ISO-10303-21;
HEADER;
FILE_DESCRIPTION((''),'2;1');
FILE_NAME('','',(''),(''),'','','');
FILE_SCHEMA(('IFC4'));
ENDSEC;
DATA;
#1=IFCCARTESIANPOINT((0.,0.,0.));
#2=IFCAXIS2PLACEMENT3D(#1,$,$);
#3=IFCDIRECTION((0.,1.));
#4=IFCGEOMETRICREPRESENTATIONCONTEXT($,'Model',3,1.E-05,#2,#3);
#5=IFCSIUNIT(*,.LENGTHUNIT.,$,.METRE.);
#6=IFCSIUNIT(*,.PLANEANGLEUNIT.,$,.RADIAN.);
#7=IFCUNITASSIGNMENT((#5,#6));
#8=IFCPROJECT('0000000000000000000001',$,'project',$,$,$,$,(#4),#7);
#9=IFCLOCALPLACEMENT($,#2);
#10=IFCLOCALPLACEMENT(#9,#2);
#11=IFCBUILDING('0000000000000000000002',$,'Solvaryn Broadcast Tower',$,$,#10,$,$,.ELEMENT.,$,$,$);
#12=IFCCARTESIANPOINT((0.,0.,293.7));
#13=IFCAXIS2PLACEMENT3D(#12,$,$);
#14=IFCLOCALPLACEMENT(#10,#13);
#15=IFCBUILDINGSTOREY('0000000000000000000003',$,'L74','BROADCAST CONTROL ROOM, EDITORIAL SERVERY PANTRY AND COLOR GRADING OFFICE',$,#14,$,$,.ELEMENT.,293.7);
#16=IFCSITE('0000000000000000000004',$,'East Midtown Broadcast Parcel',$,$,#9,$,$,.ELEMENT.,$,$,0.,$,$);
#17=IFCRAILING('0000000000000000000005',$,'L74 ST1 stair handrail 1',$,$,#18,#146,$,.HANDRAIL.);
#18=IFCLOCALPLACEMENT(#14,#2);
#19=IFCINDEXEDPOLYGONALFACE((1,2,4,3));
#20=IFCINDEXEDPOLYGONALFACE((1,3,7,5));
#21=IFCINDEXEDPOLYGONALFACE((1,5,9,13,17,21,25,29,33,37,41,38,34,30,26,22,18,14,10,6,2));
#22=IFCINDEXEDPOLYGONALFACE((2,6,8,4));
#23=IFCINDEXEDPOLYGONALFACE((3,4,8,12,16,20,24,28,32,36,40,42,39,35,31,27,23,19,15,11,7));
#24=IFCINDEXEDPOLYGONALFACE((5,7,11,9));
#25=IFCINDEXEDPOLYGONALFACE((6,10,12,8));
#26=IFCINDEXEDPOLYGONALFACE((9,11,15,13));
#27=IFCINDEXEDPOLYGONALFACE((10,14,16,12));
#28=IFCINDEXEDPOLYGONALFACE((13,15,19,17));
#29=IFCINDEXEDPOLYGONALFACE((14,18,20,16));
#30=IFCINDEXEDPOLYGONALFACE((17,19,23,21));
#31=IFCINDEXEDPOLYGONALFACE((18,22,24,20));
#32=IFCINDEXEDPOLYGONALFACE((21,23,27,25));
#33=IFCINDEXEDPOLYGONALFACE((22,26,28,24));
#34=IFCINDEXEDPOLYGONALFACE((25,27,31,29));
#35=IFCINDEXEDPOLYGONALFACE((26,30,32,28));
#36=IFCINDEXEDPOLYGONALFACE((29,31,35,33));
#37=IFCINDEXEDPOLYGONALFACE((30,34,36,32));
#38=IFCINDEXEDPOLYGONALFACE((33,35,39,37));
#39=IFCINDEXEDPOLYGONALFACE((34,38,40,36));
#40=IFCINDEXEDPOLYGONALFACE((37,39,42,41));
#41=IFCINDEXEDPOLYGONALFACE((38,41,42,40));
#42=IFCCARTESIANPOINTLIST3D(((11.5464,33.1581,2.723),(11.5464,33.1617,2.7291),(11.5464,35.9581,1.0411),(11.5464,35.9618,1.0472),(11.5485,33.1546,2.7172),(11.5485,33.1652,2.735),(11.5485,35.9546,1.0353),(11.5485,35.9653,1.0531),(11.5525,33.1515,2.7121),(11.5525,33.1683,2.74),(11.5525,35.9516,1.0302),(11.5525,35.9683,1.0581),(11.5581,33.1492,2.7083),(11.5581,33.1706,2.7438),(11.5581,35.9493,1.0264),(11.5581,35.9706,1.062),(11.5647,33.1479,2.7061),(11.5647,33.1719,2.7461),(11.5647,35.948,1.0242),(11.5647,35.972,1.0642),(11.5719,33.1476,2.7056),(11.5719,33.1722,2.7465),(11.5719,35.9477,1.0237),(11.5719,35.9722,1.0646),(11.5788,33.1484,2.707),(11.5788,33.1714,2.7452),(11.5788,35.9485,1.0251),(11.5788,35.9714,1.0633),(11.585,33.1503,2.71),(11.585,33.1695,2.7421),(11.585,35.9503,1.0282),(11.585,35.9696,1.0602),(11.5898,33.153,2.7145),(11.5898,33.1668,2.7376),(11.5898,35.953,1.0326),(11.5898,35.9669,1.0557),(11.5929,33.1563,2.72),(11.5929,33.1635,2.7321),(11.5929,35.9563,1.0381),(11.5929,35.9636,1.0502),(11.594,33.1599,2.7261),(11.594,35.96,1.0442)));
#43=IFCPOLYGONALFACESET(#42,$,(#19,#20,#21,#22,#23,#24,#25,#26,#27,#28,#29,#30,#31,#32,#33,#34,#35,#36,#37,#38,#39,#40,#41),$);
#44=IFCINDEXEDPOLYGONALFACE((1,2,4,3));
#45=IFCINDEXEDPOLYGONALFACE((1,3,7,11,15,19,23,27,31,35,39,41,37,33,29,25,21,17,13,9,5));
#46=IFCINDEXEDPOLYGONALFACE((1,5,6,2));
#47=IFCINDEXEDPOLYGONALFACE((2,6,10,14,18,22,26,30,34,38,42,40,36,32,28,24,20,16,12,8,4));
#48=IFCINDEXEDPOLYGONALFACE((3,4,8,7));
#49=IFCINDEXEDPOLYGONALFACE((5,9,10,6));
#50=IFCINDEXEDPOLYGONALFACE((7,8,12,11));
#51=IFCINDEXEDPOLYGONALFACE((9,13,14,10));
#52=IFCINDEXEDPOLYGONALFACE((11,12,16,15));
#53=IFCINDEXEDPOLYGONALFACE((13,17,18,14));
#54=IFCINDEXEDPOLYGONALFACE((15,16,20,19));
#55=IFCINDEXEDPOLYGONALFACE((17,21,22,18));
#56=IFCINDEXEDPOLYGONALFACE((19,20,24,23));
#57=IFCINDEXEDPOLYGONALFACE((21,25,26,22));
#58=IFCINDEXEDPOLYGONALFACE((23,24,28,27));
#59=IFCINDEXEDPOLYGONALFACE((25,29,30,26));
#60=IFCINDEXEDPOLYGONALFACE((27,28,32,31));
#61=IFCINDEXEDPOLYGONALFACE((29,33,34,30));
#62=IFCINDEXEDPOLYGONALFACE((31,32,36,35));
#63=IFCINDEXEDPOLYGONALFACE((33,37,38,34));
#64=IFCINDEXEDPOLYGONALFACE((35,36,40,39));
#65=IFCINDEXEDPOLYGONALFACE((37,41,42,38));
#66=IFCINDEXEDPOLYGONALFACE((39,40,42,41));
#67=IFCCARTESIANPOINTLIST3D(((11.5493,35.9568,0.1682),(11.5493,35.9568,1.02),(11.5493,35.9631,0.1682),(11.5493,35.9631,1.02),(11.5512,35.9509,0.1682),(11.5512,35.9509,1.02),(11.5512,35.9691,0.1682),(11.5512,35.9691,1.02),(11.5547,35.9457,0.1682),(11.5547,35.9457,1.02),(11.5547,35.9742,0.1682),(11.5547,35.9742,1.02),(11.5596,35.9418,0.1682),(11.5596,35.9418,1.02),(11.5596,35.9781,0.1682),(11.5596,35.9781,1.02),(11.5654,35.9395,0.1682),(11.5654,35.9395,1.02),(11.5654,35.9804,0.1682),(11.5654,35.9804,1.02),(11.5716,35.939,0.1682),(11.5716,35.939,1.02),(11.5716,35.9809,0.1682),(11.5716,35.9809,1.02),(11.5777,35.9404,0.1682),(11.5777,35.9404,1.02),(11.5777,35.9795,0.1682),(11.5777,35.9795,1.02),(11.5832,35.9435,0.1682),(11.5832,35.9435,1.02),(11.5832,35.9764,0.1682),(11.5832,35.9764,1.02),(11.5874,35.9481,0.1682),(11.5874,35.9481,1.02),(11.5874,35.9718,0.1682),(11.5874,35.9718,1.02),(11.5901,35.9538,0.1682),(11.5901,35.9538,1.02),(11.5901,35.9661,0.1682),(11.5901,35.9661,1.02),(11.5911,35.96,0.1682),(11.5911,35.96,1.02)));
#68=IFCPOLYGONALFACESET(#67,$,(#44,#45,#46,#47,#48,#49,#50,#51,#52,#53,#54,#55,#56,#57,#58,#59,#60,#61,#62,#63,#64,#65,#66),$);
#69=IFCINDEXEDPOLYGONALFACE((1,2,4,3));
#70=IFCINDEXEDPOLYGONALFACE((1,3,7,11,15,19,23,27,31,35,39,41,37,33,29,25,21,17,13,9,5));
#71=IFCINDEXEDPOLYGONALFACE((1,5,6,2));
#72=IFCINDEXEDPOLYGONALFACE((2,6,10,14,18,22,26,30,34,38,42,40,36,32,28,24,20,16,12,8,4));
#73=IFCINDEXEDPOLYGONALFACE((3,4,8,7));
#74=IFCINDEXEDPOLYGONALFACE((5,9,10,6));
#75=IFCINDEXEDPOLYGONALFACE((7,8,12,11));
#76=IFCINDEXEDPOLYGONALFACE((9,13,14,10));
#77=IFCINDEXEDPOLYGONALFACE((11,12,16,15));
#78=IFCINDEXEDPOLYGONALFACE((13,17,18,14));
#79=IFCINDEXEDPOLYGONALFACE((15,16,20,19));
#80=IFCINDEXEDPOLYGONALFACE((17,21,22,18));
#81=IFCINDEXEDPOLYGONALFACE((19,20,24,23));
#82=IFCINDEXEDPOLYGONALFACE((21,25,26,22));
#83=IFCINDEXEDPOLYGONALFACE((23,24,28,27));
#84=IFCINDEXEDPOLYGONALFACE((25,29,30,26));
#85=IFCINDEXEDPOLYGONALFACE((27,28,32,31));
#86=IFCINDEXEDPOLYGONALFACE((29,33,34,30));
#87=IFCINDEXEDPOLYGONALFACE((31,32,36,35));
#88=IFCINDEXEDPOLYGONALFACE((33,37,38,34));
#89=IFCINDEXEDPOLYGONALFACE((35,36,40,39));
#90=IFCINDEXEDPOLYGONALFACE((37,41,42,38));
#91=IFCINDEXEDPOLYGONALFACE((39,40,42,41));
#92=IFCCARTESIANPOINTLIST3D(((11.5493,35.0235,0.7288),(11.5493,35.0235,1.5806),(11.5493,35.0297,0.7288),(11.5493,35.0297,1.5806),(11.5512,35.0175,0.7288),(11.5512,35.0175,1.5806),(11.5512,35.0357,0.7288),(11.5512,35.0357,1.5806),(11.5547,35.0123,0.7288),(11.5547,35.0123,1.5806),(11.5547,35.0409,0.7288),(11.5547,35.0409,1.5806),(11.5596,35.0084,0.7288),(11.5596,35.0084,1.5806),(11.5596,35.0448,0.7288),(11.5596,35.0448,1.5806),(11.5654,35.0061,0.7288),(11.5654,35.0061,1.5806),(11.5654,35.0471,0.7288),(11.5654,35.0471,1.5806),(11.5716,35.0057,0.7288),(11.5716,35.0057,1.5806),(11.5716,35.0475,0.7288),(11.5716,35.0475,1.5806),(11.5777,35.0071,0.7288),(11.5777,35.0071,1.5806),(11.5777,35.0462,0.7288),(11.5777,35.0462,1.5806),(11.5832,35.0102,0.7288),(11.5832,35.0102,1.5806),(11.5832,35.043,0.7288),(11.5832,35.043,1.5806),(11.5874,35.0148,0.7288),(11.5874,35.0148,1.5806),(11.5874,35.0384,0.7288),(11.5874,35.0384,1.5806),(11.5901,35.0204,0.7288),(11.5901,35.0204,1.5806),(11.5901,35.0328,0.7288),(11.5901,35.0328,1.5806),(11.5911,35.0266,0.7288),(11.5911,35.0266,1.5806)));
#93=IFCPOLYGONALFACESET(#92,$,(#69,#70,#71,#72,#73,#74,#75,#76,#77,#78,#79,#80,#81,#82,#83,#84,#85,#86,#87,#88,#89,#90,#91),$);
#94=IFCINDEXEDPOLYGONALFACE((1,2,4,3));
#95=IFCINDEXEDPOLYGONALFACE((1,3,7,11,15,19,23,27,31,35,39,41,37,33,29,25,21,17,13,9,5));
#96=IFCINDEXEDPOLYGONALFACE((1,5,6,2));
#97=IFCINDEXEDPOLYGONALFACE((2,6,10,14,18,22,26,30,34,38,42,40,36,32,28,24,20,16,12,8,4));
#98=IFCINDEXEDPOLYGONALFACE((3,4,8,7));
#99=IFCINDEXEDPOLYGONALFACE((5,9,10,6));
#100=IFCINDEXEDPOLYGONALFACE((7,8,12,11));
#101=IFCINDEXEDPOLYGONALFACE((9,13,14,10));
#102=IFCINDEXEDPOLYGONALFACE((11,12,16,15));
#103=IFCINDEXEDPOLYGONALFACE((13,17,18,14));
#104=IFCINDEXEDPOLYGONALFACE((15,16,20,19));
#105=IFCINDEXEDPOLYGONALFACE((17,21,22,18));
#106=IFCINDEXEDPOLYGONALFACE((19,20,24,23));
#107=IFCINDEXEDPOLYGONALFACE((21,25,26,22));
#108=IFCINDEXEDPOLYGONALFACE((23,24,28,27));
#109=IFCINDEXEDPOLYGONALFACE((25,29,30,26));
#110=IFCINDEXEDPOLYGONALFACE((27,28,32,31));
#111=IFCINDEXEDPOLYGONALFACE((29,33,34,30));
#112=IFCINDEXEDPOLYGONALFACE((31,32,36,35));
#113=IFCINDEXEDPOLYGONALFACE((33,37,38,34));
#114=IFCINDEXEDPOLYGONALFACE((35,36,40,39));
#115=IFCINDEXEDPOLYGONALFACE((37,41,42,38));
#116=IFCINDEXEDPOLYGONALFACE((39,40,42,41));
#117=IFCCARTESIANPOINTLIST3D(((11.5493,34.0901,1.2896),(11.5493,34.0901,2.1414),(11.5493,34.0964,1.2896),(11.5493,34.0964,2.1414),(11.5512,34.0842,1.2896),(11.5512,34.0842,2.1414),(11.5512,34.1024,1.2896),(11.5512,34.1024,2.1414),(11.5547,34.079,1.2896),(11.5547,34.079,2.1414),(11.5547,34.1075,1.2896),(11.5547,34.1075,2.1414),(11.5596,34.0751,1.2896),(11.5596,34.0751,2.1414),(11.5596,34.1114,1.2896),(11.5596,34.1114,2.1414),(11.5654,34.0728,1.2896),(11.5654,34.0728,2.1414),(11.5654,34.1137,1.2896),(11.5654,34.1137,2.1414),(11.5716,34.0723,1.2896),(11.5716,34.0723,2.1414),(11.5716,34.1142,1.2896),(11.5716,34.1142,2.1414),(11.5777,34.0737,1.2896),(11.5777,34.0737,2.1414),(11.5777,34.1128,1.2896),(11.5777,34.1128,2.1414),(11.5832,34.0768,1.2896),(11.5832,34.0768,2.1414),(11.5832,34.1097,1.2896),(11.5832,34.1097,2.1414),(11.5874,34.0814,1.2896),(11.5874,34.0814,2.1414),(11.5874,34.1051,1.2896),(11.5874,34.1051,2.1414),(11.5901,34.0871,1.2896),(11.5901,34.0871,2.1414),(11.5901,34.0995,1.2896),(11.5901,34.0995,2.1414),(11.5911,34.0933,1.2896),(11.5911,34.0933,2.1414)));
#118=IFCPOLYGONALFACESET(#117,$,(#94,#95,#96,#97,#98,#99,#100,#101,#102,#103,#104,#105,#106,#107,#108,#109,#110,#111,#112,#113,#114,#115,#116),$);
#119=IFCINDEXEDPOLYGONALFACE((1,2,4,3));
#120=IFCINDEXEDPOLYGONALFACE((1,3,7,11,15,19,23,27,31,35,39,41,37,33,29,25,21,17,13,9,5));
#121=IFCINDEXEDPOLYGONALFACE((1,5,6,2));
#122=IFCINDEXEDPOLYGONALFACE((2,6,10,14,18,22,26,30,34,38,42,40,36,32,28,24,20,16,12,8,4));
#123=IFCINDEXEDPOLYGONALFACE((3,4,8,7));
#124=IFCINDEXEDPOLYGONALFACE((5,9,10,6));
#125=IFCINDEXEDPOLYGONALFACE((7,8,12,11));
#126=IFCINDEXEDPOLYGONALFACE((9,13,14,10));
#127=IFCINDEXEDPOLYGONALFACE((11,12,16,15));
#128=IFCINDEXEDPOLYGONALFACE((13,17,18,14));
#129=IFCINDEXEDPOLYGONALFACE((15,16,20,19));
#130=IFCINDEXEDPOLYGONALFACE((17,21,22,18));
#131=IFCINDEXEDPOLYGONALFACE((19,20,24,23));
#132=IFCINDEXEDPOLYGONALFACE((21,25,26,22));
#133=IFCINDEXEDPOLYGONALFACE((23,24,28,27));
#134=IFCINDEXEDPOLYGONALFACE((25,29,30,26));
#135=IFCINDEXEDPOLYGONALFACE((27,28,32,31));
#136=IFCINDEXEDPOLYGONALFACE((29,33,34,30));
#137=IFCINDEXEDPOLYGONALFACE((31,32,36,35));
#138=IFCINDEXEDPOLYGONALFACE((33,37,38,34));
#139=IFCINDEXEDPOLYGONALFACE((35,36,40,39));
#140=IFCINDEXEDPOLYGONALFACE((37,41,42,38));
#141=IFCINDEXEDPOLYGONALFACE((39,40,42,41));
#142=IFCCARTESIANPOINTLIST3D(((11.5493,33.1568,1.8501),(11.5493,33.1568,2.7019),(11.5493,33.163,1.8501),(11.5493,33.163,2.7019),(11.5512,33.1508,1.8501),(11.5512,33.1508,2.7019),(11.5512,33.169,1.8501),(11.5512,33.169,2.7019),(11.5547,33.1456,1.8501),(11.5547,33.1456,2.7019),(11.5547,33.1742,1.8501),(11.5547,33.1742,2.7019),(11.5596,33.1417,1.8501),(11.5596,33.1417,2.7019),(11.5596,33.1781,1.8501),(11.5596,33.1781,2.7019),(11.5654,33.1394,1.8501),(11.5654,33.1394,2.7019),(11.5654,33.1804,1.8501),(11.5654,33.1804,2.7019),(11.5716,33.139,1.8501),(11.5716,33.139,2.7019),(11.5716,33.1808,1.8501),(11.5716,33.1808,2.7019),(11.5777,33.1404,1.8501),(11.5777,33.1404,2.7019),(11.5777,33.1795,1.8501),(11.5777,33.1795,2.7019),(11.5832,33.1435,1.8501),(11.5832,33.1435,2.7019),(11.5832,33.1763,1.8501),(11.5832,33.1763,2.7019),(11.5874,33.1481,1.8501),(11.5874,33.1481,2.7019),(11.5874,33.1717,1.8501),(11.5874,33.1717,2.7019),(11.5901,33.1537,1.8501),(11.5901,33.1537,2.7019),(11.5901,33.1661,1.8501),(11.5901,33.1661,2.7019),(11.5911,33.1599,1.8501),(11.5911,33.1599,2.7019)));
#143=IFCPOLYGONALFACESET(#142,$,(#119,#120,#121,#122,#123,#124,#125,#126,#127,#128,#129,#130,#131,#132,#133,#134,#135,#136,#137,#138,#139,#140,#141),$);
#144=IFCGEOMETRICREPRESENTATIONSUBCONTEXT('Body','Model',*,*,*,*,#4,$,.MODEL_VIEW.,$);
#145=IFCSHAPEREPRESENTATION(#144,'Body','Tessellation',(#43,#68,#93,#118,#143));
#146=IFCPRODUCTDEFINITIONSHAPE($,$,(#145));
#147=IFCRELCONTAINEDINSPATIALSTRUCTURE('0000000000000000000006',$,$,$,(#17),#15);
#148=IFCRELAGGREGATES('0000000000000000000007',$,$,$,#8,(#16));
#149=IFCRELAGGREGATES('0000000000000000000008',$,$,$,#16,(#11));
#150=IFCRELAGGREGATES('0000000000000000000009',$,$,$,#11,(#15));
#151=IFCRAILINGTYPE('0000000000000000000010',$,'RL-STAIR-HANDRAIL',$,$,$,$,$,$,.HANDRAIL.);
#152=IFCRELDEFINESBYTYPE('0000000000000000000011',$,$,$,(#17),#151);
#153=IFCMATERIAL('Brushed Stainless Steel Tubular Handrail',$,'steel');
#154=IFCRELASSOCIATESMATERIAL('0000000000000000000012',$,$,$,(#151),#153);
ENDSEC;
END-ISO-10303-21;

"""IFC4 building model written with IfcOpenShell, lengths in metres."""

from ifc_helpers import new_model, si_unit, direction, frame, origin, origin_2d, place, context, subcontext, project, spatial, circle, extrude, material, type_object, element, save


model = new_model("IFC4")

# Units and contexts
model_context = context("Model", 3, precision=1e-05, world=origin(), true_north=direction((0.0, 1.0)))
body_context = subcontext(model_context, "Body", "Model", "MODEL_VIEW")
ifc_project = project(units=[si_unit("LENGTHUNIT", "METRE"), si_unit("PLANEANGLEUNIT", "RADIAN")], contexts=[model_context])

# Site, building, storey
site_placement = place(None, origin())
site = spatial("IfcSite", under=ifc_project, at=site_placement, Name="East Midtown Broadcast Parcel", CompositionType="ELEMENT", RefElevation=0.0)
building_placement = place(site_placement, origin())
building = spatial("IfcBuilding", under=site, at=building_placement, Name="Solvaryn Broadcast Tower", CompositionType="ELEMENT")
storey_placement = place(building_placement, frame((0.0, 0.0, 293.7)))
storey = spatial("IfcBuildingStorey", under=building, at=storey_placement, Name="L74", Description="BROADCAST CONTROL ROOM, EDITORIAL SERVERY PANTRY AND COLOR GRADING OFFICE", CompositionType="ELEMENT", Elevation=293.7)

# Railing
ifc_material_1 = material(Name="Brushed Stainless Steel Tubular Handrail", Category="steel")
railing_type_1 = type_object("IfcRailingType", Name="RL-STAIR-HANDRAIL", PredefinedType="HANDRAIL", material=ifc_material_1)
railing_1_placement = place(storey_placement, frame((11.5701, 35.96, 0.1682)))
element("IfcRailing", 1, at=railing_1_placement, inside=storey, type_object=railing_type_1, Name="L74 ST1 stair handrail 1", PredefinedType="HANDRAIL", context=body_context, shape_type="SweptSolid", body=[
    extrude(circle(Radius=0.0239, at=origin_2d()), frame((0.0, 0.0, 0.876), z_axis=(0.0, -0.857242, 0.514913), x_axis=(1.0, 0.0, 0.0)), (0.0, 0.0, 1.0), 3.2664),
    extrude(circle(Radius=0.021, at=origin_2d()), origin(), (0.0, 0.0, 1.0), 0.8518),
    extrude(circle(Radius=0.021, at=origin_2d()), frame((0.0, -0.9333, 0.5605)), (0.0, 0.0, 1.0), 0.8518),
    extrude(circle(Radius=0.021, at=origin_2d()), frame((0.0, -1.8667, 1.1213)), (0.0, 0.0, 1.0), 0.8518),
    extrude(circle(Radius=0.021, at=origin_2d()), frame((0.0, -2.8, 1.6819)), (0.0, 0.0, 1.0), 0.8518),
])

save(model, "model.ifc")
